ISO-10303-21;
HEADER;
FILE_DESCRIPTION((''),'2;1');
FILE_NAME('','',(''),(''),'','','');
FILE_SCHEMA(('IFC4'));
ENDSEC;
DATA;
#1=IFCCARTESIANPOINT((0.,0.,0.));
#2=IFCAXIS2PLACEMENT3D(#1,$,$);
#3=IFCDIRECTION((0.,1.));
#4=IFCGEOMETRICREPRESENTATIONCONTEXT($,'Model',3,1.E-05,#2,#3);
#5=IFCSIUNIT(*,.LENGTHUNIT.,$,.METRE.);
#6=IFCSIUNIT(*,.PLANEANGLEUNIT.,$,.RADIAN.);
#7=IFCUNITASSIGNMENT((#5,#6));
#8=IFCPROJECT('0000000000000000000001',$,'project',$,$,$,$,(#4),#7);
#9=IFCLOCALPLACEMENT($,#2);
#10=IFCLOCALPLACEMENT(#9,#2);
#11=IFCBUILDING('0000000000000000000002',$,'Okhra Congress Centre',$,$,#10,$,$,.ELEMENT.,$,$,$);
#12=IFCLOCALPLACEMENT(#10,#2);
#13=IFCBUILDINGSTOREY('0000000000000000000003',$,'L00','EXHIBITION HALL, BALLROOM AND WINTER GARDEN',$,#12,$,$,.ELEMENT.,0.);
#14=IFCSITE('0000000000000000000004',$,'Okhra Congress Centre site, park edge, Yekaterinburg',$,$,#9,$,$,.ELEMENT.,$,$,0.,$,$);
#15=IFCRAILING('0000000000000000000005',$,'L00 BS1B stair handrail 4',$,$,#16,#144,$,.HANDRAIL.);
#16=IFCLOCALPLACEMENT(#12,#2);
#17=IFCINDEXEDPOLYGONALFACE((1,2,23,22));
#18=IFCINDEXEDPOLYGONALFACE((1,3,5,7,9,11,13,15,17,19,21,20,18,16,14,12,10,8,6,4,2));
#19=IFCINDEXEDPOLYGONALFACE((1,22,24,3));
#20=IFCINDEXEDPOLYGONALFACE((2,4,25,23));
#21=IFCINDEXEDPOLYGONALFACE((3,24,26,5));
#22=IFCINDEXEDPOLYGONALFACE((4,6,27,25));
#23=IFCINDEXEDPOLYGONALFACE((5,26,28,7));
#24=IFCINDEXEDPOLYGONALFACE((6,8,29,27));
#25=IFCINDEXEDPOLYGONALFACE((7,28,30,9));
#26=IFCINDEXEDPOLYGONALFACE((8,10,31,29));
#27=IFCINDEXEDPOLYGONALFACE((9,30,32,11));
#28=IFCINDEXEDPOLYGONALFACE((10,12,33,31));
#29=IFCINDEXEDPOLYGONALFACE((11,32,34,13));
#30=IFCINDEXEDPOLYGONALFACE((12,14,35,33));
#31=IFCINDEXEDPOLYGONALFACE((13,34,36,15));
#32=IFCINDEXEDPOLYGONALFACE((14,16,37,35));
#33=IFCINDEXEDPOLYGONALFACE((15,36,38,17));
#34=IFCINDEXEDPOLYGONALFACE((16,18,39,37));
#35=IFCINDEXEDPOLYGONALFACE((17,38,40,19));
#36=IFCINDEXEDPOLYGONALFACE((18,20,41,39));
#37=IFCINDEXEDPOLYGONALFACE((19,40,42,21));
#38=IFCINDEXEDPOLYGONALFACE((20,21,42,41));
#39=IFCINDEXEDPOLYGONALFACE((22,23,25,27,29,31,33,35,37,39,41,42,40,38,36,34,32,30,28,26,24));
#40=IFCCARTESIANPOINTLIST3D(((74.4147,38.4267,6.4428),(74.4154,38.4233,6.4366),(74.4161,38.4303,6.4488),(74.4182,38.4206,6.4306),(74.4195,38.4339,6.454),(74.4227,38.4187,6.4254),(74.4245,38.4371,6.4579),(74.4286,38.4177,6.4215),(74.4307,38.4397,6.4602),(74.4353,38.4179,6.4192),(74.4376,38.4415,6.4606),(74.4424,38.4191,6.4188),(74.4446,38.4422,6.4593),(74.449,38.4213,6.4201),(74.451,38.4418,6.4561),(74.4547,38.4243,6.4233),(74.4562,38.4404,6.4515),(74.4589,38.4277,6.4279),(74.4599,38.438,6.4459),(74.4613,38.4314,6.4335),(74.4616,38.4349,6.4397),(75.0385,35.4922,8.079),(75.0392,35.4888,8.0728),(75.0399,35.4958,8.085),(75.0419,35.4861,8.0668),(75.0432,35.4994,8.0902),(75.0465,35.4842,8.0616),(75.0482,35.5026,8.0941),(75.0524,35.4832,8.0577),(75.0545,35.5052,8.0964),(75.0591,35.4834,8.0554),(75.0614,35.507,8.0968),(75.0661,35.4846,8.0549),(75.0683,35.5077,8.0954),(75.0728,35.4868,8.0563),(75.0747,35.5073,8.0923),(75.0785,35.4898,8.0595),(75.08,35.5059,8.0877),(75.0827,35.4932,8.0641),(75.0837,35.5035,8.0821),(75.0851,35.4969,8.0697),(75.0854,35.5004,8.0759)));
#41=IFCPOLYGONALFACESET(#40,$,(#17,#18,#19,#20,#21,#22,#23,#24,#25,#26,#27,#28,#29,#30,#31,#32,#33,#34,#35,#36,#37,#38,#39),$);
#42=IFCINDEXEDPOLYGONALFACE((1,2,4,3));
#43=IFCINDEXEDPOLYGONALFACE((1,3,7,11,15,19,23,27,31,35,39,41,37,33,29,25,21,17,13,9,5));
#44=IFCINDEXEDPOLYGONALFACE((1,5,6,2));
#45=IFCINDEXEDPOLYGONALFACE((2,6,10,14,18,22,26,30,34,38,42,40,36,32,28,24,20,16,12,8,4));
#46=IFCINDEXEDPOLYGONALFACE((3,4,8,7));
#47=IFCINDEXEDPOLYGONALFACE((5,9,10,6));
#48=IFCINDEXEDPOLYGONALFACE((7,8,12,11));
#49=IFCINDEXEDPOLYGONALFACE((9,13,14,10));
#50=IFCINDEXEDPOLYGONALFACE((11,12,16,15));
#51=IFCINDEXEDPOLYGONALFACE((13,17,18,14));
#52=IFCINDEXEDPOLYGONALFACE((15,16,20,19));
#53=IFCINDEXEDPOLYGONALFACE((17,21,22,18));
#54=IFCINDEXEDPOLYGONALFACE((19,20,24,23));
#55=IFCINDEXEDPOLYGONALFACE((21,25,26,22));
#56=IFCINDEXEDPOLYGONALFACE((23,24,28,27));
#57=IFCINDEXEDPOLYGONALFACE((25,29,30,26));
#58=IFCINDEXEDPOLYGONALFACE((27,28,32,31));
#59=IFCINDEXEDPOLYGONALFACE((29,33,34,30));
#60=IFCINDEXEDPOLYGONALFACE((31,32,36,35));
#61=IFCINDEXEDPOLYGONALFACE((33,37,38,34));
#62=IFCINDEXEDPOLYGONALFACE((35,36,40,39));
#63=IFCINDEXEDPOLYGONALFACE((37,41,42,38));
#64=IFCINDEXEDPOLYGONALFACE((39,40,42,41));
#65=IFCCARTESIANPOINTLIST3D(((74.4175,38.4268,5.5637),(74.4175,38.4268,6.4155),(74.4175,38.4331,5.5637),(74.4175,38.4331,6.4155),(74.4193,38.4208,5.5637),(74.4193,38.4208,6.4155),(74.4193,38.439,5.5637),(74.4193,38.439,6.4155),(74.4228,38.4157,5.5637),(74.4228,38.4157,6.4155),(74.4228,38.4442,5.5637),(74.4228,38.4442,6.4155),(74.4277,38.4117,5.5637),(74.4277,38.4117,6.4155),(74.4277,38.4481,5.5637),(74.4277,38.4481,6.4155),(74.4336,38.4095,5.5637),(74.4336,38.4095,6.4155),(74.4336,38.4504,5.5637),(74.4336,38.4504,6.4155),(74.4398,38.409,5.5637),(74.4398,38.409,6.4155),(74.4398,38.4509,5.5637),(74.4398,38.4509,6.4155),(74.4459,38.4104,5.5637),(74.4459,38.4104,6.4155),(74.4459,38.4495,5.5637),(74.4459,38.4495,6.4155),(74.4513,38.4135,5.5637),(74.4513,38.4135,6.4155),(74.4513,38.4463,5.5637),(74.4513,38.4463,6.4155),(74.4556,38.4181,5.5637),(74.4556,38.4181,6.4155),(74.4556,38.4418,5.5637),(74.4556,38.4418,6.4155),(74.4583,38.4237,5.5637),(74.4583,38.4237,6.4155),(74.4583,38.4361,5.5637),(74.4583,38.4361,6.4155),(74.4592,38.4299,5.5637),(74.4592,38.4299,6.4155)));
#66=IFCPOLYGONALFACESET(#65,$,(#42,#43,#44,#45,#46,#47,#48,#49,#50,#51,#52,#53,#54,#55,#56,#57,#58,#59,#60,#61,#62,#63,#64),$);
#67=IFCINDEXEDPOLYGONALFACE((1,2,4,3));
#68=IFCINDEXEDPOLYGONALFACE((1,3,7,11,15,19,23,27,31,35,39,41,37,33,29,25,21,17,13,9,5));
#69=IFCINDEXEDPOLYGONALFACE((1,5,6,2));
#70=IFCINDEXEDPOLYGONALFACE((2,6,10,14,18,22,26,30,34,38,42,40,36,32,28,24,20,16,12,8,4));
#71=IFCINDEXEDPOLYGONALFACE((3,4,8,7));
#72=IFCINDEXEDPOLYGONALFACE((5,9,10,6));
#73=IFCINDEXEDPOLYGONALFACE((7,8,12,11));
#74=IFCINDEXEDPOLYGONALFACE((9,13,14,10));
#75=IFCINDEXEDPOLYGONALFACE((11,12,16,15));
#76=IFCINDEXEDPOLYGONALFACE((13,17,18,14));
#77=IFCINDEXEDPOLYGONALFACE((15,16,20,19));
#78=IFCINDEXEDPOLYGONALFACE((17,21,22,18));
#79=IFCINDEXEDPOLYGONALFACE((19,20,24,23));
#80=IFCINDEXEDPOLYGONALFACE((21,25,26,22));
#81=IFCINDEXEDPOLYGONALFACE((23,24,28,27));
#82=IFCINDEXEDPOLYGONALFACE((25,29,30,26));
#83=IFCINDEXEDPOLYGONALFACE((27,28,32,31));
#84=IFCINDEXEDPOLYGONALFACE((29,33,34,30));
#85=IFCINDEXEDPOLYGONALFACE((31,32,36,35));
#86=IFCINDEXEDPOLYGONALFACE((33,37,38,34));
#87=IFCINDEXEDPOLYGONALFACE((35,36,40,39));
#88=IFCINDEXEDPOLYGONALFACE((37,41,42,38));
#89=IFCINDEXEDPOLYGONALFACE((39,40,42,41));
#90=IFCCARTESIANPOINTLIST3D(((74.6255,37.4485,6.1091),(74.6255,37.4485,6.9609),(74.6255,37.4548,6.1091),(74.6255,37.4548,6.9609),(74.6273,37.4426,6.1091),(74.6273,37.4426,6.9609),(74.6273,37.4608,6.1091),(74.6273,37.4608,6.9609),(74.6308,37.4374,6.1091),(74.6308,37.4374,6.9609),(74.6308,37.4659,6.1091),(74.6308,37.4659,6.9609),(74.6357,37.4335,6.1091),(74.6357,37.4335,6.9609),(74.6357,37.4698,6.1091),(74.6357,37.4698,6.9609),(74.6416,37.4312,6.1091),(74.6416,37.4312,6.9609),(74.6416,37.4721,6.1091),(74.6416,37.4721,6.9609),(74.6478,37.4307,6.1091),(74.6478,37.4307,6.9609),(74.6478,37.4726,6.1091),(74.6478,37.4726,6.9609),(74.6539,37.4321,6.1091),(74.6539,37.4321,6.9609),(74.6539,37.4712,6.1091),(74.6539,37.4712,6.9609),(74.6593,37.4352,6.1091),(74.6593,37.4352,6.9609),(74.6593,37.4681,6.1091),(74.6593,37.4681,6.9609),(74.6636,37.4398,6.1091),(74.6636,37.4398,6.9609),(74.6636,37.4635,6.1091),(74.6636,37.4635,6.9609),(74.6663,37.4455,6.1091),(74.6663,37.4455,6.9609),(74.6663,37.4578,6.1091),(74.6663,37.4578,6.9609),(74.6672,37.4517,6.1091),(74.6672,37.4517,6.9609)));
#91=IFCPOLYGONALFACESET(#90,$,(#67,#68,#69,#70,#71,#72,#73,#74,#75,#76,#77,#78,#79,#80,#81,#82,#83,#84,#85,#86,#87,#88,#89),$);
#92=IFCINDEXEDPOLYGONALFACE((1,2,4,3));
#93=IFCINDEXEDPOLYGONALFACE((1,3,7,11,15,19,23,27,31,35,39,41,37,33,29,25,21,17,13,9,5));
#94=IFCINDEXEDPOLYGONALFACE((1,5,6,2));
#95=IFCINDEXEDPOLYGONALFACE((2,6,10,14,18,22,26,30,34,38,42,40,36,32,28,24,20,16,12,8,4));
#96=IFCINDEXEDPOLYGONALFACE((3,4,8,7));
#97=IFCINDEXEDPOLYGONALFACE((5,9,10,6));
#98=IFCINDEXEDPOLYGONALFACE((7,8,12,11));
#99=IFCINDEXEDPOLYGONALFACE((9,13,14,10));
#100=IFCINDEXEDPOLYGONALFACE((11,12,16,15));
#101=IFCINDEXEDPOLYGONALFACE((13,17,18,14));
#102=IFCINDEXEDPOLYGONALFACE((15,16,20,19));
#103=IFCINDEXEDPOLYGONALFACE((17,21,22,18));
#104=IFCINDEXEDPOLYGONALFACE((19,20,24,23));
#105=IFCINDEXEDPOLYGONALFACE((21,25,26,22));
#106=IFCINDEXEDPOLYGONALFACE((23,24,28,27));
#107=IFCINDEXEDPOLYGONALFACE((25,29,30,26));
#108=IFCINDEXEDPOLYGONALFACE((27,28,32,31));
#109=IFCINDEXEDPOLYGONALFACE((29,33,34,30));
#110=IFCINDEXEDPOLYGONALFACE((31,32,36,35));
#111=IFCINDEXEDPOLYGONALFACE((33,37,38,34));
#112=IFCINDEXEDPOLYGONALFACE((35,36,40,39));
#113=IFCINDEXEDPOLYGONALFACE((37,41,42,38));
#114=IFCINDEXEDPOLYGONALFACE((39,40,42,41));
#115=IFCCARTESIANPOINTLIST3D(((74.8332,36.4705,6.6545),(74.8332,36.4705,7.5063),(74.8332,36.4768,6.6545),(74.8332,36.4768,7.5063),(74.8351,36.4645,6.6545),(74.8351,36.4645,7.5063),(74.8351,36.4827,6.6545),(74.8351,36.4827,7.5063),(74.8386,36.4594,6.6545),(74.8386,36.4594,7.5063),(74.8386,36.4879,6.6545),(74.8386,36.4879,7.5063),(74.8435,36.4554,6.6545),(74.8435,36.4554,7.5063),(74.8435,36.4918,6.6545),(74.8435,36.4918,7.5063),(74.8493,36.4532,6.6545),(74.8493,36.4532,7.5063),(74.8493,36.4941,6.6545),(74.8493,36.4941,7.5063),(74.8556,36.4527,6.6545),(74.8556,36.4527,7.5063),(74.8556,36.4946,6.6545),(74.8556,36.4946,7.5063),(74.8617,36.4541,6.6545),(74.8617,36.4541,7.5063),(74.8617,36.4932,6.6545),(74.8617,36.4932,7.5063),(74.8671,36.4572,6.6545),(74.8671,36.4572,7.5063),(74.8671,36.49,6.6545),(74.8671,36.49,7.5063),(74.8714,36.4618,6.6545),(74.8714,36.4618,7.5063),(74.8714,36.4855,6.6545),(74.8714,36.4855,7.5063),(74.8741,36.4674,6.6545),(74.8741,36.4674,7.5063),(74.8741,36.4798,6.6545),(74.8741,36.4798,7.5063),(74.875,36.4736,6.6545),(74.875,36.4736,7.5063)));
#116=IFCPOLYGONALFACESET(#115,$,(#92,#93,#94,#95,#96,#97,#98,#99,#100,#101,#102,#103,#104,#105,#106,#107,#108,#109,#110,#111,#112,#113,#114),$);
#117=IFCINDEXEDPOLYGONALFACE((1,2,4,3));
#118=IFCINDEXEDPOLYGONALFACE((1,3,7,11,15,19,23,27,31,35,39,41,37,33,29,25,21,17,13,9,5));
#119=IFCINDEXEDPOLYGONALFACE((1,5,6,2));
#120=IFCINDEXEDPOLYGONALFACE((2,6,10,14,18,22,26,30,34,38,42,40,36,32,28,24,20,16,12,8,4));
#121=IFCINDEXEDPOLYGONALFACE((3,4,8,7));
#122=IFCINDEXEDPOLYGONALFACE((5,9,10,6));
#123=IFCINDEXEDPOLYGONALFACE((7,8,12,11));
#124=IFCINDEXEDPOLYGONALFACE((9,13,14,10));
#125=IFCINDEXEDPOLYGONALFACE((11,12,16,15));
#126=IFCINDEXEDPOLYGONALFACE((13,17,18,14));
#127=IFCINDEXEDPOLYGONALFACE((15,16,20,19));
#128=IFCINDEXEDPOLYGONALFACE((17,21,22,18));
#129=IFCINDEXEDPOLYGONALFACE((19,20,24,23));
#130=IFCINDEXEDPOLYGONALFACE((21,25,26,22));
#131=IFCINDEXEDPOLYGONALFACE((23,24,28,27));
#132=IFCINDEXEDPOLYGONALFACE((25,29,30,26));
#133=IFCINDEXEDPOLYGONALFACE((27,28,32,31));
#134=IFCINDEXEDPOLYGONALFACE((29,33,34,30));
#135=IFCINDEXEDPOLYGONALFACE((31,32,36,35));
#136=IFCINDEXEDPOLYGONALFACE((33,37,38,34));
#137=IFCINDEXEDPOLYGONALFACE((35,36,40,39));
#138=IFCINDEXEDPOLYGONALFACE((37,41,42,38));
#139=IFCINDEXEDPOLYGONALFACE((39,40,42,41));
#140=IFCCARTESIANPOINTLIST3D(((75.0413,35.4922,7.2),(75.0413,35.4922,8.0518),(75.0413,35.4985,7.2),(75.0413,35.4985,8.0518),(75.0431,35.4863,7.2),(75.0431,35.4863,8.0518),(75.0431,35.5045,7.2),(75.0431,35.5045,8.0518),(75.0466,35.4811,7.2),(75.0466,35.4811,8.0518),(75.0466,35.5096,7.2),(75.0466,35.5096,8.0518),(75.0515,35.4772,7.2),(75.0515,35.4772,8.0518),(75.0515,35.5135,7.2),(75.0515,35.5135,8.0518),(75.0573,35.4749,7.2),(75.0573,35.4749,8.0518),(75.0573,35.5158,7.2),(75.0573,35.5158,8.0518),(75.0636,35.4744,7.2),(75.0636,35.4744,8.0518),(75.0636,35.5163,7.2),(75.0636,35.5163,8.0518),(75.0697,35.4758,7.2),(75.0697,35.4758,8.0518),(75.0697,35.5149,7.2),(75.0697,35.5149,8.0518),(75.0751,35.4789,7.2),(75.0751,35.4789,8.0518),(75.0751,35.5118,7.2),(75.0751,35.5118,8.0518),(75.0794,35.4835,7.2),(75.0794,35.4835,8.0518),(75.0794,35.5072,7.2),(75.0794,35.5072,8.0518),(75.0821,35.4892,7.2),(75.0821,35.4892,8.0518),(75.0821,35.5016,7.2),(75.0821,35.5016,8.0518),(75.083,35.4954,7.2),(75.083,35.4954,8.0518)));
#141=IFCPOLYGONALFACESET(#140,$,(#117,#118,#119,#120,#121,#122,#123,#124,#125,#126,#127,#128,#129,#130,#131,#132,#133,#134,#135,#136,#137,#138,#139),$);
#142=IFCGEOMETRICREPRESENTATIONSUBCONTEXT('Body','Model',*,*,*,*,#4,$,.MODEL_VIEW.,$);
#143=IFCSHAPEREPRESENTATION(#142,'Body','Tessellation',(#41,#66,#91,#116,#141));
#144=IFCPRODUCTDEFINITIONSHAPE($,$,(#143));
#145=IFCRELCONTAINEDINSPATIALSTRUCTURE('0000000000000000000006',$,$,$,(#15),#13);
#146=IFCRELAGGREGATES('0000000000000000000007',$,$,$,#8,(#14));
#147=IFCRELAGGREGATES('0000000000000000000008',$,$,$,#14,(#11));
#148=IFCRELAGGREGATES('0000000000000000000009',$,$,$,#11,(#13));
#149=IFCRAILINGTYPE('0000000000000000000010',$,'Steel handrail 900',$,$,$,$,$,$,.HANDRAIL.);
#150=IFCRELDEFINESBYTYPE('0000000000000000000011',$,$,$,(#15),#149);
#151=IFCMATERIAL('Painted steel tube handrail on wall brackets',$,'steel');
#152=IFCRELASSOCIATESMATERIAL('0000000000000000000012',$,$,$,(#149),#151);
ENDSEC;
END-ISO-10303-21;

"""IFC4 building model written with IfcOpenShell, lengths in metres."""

from ifc_helpers import new_model, si_unit, direction, frame, origin, origin_2d, place, context, subcontext, project, spatial, circle, extrude, material, type_object, element, save


model = new_model("IFC4")

# Units and contexts
model_context = context("Model", 3, precision=1e-05, world=origin(), true_north=direction((0.0, 1.0)))
body_context = subcontext(model_context, "Body", "Model", "MODEL_VIEW")
ifc_project = project(units=[si_unit("LENGTHUNIT", "METRE"), si_unit("PLANEANGLEUNIT", "RADIAN")], contexts=[model_context])

# Site, building, storey
site_placement = place(None, origin())
site = spatial("IfcSite", under=ifc_project, at=site_placement, Name="Okhra Congress Centre site, park edge, Yekaterinburg", CompositionType="ELEMENT", RefElevation=0.0)
building_placement = place(site_placement, origin())
building = spatial("IfcBuilding", under=site, at=building_placement, Name="Okhra Congress Centre", CompositionType="ELEMENT")
storey_placement = place(building_placement, origin())
storey = spatial("IfcBuildingStorey", under=building, at=storey_placement, Name="L00", Description="EXHIBITION HALL, BALLROOM AND WINTER GARDEN", CompositionType="ELEMENT", Elevation=0.0)

# Railing
ifc_material_1 = material(Name="Painted steel tube handrail on wall brackets", Category="steel")
railing_type_1 = type_object("IfcRailingType", Name="Steel handrail 900", PredefinedType="HANDRAIL", material=ifc_material_1)
railing_1_placement = place(storey_placement, frame((74.4382, 38.4299, 5.5637)))
element("IfcRailing", 1, at=railing_1_placement, inside=storey, type_object=railing_type_1, Name="L00 BS1B stair handrail 4", PredefinedType="HANDRAIL", context=body_context, shape_type="SweptSolid", body=[
    extrude(circle(Radius=0.0239, at=origin_2d()), frame((0.0, 0.0, 0.876), z_axis=(0.182535, -0.858735, 0.478806), x_axis=(0.978146, 0.207917, 0.0)), (0.0, 0.0, 1.0), 3.4172),
    extrude(circle(Radius=0.021, at=origin_2d()), origin(), (0.0, 0.0, 1.0), 0.8518),
    extrude(circle(Radius=0.021, at=origin_2d()), frame((0.208, -0.9783, 0.5454)), (0.0, 0.0, 1.0), 0.8518),
    extrude(circle(Radius=0.021, at=origin_2d()), frame((0.4158, -1.9563, 1.0908)), (0.0, 0.0, 1.0), 0.8518),
    extrude(circle(Radius=0.021, at=origin_2d()), frame((0.6238, -2.9346, 1.6362)), (0.0, 0.0, 1.0), 0.8518),
])

save(model, "model.ifc")
